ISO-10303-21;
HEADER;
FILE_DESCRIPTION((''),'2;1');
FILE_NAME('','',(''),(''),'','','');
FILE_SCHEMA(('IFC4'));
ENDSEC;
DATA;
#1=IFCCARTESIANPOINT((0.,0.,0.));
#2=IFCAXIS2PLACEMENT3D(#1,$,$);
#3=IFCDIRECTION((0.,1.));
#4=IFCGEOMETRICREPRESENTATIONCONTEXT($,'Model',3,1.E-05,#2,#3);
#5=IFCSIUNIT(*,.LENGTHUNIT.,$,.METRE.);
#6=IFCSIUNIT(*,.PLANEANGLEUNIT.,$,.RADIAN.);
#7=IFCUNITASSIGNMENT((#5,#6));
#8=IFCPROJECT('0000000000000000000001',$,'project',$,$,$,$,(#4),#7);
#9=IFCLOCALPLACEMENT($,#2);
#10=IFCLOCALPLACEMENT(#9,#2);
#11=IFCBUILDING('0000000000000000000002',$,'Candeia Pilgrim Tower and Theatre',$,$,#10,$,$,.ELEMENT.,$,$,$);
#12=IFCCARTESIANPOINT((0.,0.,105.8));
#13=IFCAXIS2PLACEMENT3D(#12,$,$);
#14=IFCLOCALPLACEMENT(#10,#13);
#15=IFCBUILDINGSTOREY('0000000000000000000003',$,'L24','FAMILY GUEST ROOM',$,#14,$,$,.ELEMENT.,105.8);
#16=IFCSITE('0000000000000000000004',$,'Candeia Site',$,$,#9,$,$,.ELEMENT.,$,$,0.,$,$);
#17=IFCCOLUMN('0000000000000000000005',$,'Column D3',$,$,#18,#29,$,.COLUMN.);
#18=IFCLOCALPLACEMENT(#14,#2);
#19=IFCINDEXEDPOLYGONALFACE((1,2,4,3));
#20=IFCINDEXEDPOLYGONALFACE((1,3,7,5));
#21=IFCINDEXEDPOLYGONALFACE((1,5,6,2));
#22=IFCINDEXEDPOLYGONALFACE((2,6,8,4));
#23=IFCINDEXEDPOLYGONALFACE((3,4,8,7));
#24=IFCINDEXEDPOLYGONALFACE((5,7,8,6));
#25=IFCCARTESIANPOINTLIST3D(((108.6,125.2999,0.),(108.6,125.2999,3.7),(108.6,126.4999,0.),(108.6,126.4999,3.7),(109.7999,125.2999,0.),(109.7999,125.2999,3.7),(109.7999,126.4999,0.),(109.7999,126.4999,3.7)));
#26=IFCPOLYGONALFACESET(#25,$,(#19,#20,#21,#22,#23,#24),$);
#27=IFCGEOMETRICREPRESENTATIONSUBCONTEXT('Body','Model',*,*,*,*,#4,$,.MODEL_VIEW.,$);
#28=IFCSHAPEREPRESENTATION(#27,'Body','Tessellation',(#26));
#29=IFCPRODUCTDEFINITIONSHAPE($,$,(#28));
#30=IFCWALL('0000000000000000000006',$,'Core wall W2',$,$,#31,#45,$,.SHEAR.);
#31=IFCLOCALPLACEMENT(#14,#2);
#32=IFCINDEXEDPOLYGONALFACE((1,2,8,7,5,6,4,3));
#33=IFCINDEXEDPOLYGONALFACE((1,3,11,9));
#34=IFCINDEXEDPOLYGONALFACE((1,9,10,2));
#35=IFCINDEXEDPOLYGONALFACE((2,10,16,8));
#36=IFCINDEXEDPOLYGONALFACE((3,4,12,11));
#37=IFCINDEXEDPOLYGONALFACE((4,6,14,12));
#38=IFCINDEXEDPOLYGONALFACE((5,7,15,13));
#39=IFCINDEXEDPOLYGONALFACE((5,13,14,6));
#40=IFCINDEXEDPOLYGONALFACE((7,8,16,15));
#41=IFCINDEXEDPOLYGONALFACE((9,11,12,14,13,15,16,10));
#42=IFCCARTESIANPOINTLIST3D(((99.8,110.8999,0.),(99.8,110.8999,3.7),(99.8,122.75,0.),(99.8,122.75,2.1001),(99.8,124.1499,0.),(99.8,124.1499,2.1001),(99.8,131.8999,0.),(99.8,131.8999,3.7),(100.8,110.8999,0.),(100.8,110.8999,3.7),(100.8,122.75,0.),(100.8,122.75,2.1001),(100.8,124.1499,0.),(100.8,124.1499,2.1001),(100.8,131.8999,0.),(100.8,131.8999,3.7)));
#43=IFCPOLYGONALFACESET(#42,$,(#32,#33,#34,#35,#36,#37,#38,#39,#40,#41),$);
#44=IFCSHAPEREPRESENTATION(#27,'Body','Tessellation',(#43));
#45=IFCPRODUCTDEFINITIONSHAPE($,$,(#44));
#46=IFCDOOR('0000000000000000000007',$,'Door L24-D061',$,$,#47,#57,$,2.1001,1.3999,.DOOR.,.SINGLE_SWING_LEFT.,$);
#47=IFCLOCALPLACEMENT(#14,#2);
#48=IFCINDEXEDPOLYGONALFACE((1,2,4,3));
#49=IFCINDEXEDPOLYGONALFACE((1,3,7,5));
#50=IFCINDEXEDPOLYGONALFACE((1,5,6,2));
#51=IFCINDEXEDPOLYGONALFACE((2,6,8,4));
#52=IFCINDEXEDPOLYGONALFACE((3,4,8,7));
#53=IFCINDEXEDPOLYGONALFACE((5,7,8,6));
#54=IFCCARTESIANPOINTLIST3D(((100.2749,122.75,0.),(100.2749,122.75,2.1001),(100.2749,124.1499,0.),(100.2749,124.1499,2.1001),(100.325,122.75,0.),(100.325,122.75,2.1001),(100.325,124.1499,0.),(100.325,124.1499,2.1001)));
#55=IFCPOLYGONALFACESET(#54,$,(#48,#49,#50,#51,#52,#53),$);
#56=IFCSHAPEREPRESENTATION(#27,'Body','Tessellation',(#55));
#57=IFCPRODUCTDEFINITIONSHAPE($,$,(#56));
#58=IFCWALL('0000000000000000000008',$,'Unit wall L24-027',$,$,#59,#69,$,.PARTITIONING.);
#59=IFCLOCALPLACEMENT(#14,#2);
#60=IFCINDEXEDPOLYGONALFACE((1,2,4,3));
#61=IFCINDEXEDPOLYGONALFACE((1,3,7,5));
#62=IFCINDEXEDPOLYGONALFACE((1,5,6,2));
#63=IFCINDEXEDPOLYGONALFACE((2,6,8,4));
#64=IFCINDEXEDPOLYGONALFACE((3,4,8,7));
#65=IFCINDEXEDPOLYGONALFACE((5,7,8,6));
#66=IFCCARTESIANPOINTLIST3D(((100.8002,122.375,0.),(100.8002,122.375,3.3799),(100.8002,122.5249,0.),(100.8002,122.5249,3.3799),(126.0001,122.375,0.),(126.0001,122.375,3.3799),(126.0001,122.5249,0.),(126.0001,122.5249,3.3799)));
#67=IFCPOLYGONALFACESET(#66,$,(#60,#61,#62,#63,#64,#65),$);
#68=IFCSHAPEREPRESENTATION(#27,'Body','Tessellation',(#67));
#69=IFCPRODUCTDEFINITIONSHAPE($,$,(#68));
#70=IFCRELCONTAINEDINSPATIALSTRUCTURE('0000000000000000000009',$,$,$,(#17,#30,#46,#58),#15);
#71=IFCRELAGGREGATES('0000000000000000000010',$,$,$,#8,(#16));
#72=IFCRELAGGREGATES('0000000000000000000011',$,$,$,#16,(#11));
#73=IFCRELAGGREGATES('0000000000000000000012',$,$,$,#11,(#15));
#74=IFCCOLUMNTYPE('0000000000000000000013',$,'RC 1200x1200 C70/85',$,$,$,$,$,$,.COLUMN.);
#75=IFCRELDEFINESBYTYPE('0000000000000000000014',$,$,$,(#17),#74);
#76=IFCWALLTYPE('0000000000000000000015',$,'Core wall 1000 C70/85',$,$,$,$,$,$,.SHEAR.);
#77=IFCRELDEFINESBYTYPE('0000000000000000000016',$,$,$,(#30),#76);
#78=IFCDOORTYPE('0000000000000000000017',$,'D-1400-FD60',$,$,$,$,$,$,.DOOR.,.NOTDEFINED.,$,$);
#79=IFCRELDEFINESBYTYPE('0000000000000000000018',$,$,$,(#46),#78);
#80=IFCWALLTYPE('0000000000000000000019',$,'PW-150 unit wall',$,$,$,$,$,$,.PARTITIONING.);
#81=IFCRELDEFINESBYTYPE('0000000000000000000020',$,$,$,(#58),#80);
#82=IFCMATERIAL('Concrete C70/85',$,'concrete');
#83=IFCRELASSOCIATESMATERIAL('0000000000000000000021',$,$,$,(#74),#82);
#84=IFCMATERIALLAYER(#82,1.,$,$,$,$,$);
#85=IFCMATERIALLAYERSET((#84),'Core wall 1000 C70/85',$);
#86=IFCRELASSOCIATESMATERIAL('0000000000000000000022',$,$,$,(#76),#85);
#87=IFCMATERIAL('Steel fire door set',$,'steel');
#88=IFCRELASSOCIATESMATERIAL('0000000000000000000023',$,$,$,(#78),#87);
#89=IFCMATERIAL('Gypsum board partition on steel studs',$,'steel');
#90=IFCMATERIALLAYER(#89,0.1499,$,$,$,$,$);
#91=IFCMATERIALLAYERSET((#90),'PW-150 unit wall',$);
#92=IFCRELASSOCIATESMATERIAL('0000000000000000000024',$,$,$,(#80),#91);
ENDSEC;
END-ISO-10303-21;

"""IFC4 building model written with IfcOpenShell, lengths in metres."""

from ifc_helpers import new_model, si_unit, direction, frame, frame_2d, origin, origin_2d, place, context, subcontext, project, spatial, rectangle, extrude, material, layer, layer_set, material_profile, profile_set, type_object, element, fill, save


model = new_model("IFC4")

# Units and contexts
model_context = context("Model", 3, precision=1e-05, world=origin(), true_north=direction((0.0, 1.0)))
body_context = subcontext(model_context, "Body", "Model", "MODEL_VIEW")
ifc_project = project(units=[si_unit("LENGTHUNIT", "METRE"), si_unit("PLANEANGLEUNIT", "RADIAN")], contexts=[model_context])

# Site, building, storey
site_placement = place(None, origin())
site = spatial("IfcSite", under=ifc_project, at=site_placement, Name="Candeia Site", CompositionType="ELEMENT", RefElevation=0.0)
building_placement = place(site_placement, origin())
building = spatial("IfcBuilding", under=site, at=building_placement, Name="Candeia Pilgrim Tower and Theatre", CompositionType="ELEMENT")
storey_placement = place(building_placement, frame((0.0, 0.0, 105.8)))
storey = spatial("IfcBuildingStorey", under=building, at=storey_placement, Name="L24", Description="FAMILY GUEST ROOM", CompositionType="ELEMENT", Elevation=105.8)

# Column
ifc_material_1 = material(Name="Concrete C70/85", Category="concrete")
ifc_material_profile = material_profile(ifc_material_1, rectangle(XDim=1.2, YDim=1.2, at=origin_2d()))
ifc_profile_set = profile_set([ifc_material_profile], Name="Concrete C70/85")
column_type = type_object("IfcColumnType", Name="RC 1200x1200 C70/85", PredefinedType="COLUMN", material=ifc_profile_set)
column_placement = place(storey_placement, frame((109.2, 125.8999, 0.0), z_axis=(0.0, 0.0, 1.0), x_axis=(1.0, 0.0, 0.0)))
element("IfcColumn", 1, at=column_placement, inside=storey, type_object=column_type, Name="Column D3", PredefinedType="COLUMN", context=body_context, shape_type="SweptSolid", body=[
    extrude(rectangle(XDim=1.2, YDim=1.2, at=origin_2d()), origin(), (0.0, 0.0, 1.0), 3.7),
])

# Wall, opening, door
ifc_layer_1 = layer(ifc_material_1, 1.0)
ifc_layer_set_1 = layer_set([ifc_layer_1], Name="Core wall 1000 C70/85")
wall_type_1 = type_object("IfcWallType", Name="Core wall 1000 C70/85", PredefinedType="SHEAR", material=ifc_layer_set_1)
wall_1_placement = place(storey_placement, frame((100.3, 131.8999, 0.0), z_axis=(0.0, 0.0, 1.0), x_axis=(0.0, -1.0, 0.0)))
wall_1 = element("IfcWall", 2, at=wall_1_placement, inside=storey, type_object=wall_type_1, Name="Core wall W2", PredefinedType="SHEAR", context=body_context, shape_type="SweptSolid", body=[
    extrude(rectangle(XDim=21.0, YDim=1.0, at=frame_2d((10.5, 0.0))), origin(), (0.0, 0.0, 1.0), 3.7),
])
opening_1_placement = place(wall_1_placement, frame((7.75, 0.0, 0.0)))
opening_1 = element("IfcOpeningElement", 3, at=opening_1_placement, cuts=wall_1, PredefinedType="OPENING", context=body_context, shape_type="SweptSolid", body=[
    extrude(rectangle(XDim=1.3999, YDim=2.1001, at=frame_2d((0.7, 1.05))), frame((0.0, 0.51, 0.0), z_axis=(0.0, -1.0, 0.0), x_axis=(1.0, 0.0, 0.0)), (0.0, 0.0, 1.0), 1.02),
])
ifc_material_2 = material(Name="Steel fire door set", Category="steel")
door_type_1 = type_object("IfcDoorType", Name="D-1400-FD60", OperationType="NOTDEFINED", PredefinedType="DOOR", material=ifc_material_2)
door_1_placement = place(opening_1_placement, origin())
door_1 = element("IfcDoor", 4, at=door_1_placement, inside=storey, type_object=door_type_1, Name="Door L24-D061", OperationType="SINGLE_SWING_LEFT", OverallHeight=2.1001, OverallWidth=1.3999, PredefinedType="DOOR", context=body_context, shape_type="SweptSolid", body=[
    extrude(rectangle(XDim=1.3999, YDim=2.1001, at=frame_2d((0.7, 1.05))), frame((0.0, 0.0249, 0.0), z_axis=(0.0, -1.0, 0.0), x_axis=(1.0, 0.0, 0.0)), (0.0, 0.0, 1.0), 0.05),
])
fill(opening_1, door_1)

# Wall
ifc_material_3 = material(Name="Gypsum board partition on steel studs", Category="steel")
ifc_layer_2 = layer(ifc_material_3, 0.1499)
ifc_layer_set_2 = layer_set([ifc_layer_2], Name="PW-150 unit wall")
wall_type_2 = type_object("IfcWallType", Name="PW-150 unit wall", PredefinedType="PARTITIONING", material=ifc_layer_set_2)
wall_2_placement = place(storey_placement, frame((100.8, 122.45, 0.0), z_axis=(0.0, 0.0, 1.0), x_axis=(1.0, 0.0, 0.0)))
element("IfcWall", 5, at=wall_2_placement, inside=storey, type_object=wall_type_2, Name="Unit wall L24-027", PredefinedType="PARTITIONING", context=body_context, shape_type="SweptSolid", body=[
    extrude(rectangle(XDim=25.2, YDim=0.1499, at=frame_2d((12.6001, 0.0))), origin(), (0.0, 0.0, 1.0), 3.3799),
])

save(model, "model.ifc")
